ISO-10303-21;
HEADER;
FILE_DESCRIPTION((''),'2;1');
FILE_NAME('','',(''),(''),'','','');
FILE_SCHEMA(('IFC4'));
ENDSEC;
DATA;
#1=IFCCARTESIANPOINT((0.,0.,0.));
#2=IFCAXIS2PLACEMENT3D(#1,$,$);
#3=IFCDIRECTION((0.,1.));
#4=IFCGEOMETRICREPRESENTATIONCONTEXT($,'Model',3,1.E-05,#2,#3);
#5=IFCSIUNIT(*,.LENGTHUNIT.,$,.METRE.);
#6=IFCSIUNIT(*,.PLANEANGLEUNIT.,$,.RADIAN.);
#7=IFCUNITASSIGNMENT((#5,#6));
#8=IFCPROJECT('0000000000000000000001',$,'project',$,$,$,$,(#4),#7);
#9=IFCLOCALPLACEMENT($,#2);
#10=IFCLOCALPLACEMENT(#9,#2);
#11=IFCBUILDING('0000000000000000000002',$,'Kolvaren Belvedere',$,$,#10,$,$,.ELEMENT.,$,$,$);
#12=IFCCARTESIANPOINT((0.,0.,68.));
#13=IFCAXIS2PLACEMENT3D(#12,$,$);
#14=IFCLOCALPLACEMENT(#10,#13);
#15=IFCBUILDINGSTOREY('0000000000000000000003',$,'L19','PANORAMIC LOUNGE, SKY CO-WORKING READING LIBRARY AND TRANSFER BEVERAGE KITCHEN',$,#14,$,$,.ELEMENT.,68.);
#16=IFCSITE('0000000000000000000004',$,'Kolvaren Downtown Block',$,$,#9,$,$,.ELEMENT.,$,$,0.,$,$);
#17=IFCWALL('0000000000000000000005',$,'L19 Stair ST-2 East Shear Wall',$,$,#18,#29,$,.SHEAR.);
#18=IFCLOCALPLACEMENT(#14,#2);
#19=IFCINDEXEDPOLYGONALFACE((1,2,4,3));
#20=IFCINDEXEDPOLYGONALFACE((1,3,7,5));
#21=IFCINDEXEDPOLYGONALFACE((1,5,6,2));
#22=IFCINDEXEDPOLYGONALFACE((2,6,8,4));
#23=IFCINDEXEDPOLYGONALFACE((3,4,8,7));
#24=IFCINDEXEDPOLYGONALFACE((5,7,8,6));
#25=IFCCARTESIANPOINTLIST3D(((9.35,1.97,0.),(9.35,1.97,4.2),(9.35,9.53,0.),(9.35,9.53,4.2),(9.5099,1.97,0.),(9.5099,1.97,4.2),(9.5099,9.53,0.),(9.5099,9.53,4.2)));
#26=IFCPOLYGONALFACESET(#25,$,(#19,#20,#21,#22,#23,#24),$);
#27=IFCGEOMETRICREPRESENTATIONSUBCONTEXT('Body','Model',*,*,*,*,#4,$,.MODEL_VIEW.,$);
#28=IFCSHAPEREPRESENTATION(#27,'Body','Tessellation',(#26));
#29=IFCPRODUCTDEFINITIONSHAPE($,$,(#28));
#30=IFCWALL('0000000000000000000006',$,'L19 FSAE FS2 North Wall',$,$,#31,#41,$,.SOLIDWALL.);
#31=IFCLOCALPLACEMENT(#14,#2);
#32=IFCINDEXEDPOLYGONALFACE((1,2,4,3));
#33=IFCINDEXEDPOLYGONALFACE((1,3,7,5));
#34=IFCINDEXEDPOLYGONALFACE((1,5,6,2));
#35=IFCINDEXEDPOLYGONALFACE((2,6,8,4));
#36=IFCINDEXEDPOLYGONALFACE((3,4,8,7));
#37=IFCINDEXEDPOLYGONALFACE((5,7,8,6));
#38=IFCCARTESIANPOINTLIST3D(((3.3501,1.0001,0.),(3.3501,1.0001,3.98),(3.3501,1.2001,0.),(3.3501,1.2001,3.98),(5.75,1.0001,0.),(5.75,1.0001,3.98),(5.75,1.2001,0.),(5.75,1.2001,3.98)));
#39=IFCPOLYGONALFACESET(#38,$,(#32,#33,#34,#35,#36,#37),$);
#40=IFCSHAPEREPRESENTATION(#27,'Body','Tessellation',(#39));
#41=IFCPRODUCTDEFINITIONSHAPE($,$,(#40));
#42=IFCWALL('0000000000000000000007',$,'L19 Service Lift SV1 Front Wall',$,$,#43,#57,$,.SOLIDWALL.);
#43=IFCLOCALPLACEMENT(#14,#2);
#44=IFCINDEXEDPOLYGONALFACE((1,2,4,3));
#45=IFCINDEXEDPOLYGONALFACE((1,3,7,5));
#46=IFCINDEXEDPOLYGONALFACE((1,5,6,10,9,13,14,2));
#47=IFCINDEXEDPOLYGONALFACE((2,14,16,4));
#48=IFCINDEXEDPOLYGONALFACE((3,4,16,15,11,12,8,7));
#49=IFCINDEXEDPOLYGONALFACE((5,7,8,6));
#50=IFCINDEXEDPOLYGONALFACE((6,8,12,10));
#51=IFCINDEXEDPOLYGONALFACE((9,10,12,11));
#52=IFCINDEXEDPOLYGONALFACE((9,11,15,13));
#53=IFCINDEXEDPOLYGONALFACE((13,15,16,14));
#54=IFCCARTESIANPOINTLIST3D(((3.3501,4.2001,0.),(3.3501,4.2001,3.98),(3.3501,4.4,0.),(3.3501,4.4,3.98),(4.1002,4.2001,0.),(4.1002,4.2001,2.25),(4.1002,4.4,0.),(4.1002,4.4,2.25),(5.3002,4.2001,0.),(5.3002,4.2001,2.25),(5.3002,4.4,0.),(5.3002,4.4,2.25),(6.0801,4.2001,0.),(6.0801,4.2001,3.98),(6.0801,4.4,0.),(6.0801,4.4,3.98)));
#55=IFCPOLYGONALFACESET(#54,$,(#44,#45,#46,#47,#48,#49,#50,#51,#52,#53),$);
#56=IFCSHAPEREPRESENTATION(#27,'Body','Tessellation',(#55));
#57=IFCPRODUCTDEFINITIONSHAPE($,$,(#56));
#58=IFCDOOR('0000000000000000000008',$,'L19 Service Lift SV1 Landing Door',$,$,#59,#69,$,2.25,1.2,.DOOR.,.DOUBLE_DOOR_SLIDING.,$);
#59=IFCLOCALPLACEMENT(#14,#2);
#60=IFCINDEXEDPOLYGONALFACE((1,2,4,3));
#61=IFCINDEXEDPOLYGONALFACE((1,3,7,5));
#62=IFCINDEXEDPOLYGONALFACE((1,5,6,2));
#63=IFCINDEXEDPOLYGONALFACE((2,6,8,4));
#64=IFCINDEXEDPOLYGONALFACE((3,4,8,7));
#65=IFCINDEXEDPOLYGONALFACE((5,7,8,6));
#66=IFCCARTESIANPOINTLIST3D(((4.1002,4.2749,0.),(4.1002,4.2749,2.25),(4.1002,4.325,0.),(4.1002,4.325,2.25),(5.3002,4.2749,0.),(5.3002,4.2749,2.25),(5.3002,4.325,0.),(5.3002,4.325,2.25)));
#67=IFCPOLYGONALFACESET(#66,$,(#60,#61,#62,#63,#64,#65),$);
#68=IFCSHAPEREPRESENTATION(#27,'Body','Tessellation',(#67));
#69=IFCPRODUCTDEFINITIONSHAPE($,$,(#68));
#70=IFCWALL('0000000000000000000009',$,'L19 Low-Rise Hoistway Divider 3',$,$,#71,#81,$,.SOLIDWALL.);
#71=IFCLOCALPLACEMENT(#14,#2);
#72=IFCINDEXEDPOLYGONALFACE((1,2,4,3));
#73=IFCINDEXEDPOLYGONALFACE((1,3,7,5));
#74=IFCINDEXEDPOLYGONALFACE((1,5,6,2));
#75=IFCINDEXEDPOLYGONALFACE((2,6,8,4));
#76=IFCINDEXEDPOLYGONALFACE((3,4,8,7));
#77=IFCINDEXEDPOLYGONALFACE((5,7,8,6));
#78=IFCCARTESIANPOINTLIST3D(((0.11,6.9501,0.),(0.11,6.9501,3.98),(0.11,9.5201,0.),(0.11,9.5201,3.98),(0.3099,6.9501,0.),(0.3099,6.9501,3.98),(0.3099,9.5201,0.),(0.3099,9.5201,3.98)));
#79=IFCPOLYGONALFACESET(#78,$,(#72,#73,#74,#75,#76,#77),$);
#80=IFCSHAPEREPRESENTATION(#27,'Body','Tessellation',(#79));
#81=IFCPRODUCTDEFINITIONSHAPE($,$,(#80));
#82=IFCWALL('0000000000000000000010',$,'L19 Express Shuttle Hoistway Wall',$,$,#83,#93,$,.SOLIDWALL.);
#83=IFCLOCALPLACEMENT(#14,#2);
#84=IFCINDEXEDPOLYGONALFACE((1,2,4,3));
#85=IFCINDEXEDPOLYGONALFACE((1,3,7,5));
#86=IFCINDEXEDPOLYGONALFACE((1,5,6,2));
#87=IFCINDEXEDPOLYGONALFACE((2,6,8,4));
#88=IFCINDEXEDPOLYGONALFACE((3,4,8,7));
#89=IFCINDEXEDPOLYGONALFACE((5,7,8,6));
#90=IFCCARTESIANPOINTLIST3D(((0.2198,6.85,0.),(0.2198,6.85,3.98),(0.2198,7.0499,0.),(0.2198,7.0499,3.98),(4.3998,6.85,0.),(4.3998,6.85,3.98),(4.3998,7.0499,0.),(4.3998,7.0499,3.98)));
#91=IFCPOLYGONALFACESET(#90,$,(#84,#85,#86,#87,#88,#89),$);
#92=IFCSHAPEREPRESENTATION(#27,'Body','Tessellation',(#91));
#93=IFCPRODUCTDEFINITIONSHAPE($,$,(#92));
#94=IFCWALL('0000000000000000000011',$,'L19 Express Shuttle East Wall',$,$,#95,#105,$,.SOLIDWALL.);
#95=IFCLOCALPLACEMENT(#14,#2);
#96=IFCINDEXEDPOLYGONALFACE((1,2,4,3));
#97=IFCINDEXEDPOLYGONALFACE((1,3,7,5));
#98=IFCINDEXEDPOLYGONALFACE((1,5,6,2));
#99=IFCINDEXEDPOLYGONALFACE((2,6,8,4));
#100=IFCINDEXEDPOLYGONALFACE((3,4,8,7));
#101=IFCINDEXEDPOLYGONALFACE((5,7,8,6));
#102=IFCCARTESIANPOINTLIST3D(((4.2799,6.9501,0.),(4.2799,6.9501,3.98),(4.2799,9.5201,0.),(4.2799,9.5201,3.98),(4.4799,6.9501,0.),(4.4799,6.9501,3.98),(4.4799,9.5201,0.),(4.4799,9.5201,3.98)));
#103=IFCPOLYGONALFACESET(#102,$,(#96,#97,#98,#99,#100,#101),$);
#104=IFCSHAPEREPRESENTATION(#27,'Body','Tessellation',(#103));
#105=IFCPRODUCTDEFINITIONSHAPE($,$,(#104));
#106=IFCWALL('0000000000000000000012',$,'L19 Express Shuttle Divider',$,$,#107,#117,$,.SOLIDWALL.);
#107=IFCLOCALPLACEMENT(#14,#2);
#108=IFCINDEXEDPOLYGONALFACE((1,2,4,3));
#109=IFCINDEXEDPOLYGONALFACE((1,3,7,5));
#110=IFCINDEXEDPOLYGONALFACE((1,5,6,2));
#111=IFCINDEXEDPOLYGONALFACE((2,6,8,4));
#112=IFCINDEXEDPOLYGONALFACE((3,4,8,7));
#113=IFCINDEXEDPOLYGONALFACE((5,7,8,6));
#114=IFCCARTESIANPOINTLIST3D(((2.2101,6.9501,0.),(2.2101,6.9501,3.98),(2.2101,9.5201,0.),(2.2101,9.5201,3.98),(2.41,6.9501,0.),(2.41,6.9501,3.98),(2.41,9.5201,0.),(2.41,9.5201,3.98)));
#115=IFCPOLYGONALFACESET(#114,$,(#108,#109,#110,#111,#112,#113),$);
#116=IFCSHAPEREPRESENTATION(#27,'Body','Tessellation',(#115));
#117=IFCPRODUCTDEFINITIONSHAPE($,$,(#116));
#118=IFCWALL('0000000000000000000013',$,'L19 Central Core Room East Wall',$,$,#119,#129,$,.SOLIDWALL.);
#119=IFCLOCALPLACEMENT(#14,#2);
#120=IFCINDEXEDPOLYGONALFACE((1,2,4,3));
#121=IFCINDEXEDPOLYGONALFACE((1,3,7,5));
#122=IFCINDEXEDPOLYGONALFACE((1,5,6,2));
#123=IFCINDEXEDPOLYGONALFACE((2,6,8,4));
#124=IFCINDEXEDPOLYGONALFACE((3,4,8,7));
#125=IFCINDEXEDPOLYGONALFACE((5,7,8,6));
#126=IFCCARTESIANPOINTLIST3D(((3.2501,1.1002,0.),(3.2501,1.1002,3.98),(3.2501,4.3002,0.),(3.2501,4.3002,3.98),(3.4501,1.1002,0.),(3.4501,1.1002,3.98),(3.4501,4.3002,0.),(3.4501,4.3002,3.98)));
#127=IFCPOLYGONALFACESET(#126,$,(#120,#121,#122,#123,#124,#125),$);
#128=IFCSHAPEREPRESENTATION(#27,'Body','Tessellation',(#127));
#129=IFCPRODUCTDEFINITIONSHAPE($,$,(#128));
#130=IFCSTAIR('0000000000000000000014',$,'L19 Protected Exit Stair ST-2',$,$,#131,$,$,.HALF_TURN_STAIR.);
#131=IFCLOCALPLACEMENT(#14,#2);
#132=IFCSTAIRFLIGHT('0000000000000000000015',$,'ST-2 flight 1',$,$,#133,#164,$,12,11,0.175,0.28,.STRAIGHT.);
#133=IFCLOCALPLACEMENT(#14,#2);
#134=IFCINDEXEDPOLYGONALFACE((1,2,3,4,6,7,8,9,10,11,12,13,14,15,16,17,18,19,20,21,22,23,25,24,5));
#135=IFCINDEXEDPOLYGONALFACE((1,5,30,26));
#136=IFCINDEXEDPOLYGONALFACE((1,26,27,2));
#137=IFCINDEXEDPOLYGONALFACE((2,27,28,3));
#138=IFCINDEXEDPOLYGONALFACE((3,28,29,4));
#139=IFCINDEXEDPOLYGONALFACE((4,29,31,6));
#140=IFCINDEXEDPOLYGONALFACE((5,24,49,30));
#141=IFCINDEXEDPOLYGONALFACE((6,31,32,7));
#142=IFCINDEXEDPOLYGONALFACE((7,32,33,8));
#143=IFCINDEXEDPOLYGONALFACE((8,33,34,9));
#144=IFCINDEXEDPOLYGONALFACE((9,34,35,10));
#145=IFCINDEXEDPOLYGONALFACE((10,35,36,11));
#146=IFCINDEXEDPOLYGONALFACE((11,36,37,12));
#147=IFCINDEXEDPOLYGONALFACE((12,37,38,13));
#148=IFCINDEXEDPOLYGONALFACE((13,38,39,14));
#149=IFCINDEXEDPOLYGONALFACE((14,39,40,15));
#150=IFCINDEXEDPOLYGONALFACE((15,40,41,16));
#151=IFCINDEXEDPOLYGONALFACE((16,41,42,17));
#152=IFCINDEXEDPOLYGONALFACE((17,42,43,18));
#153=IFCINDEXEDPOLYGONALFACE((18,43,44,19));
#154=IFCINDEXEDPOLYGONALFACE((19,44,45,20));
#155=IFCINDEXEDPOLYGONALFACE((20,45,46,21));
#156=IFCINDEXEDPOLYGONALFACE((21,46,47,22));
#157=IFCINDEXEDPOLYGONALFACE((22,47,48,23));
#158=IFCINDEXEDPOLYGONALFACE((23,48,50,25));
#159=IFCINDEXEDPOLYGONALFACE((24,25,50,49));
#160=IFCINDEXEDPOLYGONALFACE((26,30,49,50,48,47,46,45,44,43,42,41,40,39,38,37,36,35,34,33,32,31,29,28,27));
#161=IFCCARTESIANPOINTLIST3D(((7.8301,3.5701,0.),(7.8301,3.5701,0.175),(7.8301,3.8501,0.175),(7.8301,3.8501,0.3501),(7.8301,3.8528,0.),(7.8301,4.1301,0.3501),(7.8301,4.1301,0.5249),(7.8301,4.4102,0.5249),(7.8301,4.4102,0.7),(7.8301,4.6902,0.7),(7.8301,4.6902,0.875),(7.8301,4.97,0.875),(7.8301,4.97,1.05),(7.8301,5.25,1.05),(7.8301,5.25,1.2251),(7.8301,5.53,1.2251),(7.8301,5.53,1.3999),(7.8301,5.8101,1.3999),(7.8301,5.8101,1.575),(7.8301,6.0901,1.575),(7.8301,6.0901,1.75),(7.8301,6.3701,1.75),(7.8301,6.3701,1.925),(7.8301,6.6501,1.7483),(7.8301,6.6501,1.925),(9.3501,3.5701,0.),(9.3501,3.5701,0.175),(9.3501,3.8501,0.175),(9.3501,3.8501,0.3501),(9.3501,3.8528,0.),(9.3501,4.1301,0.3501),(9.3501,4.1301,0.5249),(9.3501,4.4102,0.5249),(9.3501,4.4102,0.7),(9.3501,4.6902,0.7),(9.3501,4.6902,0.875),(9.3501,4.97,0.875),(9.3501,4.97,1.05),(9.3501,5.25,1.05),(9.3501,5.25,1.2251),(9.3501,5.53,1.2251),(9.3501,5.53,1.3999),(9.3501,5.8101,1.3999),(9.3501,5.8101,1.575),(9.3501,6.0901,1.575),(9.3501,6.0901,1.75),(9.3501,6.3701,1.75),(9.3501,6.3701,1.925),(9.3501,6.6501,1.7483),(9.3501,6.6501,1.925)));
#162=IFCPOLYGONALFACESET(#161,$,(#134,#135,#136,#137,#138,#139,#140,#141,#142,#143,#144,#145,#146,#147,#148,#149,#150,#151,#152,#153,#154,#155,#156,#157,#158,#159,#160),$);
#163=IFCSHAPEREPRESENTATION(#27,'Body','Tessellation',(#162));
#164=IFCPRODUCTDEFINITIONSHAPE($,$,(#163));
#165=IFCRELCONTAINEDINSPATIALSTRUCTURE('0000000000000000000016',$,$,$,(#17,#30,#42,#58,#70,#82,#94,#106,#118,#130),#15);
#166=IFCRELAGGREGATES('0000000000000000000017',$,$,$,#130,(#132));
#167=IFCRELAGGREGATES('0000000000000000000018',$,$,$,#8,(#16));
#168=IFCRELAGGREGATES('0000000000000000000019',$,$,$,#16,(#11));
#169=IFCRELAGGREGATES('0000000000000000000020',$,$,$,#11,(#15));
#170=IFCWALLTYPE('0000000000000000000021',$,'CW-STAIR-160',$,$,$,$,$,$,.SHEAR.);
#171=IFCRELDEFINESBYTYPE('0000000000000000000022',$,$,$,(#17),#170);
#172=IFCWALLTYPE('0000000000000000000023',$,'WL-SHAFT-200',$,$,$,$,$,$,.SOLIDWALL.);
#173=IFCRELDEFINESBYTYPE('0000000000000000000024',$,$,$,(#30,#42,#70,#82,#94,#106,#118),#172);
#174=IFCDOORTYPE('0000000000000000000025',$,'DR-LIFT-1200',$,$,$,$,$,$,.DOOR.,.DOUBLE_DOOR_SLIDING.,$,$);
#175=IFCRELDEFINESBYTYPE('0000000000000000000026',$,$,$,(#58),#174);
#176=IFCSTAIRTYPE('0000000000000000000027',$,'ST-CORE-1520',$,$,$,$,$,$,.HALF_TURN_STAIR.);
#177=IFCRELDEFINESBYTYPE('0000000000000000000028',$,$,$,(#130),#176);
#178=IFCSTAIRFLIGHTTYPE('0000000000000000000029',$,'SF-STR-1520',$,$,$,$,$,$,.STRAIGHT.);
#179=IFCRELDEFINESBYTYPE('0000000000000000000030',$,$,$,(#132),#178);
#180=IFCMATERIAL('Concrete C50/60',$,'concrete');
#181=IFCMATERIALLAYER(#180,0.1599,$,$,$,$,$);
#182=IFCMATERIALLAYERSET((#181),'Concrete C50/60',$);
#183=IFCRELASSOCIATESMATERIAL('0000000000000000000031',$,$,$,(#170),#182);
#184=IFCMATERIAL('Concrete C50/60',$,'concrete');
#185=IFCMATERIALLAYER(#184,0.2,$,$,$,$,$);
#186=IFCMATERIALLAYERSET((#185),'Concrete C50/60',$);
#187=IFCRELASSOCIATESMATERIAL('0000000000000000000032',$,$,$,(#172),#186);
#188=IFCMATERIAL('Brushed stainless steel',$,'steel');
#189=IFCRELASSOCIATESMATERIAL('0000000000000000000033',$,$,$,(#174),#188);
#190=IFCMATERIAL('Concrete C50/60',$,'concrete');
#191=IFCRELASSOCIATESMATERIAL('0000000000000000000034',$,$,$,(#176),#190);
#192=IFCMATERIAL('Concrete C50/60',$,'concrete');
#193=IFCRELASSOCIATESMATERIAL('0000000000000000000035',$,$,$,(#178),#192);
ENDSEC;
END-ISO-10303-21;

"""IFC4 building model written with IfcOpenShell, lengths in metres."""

from ifc_helpers import new_model, si_unit, direction, frame, frame_2d, origin, place, context, subcontext, project, spatial, polyline, rectangle, outline, extrude, material, layer, layer_set, type_object, element, fill, aggregate, save


model = new_model("IFC4")

# Units and contexts
model_context = context("Model", 3, precision=1e-05, world=origin(), true_north=direction((0.0, 1.0)))
body_context = subcontext(model_context, "Body", "Model", "MODEL_VIEW")
ifc_project = project(units=[si_unit("LENGTHUNIT", "METRE"), si_unit("PLANEANGLEUNIT", "RADIAN")], contexts=[model_context])

# Site, building, storey
site_placement = place(None, origin())
site = spatial("IfcSite", under=ifc_project, at=site_placement, Name="Kolvaren Downtown Block", CompositionType="ELEMENT", RefElevation=0.0)
building_placement = place(site_placement, origin())
building = spatial("IfcBuilding", under=site, at=building_placement, Name="Kolvaren Belvedere", CompositionType="ELEMENT")
storey_placement = place(building_placement, frame((0.0, 0.0, 68.0)))
storey = spatial("IfcBuildingStorey", under=building, at=storey_placement, Name="L19", Description="PANORAMIC LOUNGE, SKY CO-WORKING READING LIBRARY AND TRANSFER BEVERAGE KITCHEN", CompositionType="ELEMENT", Elevation=68.0)

# Shared definitions
ifc_material_1 = material(Name="Concrete C50/60", Category="concrete")
ifc_layer_1 = layer(ifc_material_1, 0.1599)
ifc_layer_set_1 = layer_set([ifc_layer_1], Name="Concrete C50/60")
wall_type_1 = type_object("IfcWallType", Name="CW-STAIR-160", PredefinedType="SHEAR", material=ifc_layer_set_1)

# Walls
for number, where, z_axis, x_axis, name in (
    (1, (9.4299, 1.97, 0.0), (0.0, 0.0, 1.0), (0.0, 1.0, 0.0), "L19 Stair ST-2 East Shear Wall"),
):
    element("IfcWall", number, at=place(storey_placement, frame(where, z_axis=z_axis, x_axis=x_axis)), inside=storey, type_object=wall_type_1, Name=name, PredefinedType="SHEAR", context=body_context, shape_type="SweptSolid", body=[
        extrude(rectangle(XDim=7.5601, YDim=0.1599, at=frame_2d((3.78, 0.0))), origin(), (0.0, 0.0, 1.0), 4.2),
    ])
ifc_material_2 = material(Name="Concrete C50/60", Category="concrete")
ifc_layer_2 = layer(ifc_material_2, 0.2)
ifc_layer_set_2 = layer_set([ifc_layer_2], Name="Concrete C50/60")
wall_type_2 = type_object("IfcWallType", Name="WL-SHAFT-200", PredefinedType="SOLIDWALL", material=ifc_layer_set_2)
wall_1_placement = place(storey_placement, frame((3.3501, 1.1001, 0.0), z_axis=(0.0, 0.0, 1.0), x_axis=(1.0, 0.0, 0.0)))
element("IfcWall", 2, at=wall_1_placement, inside=storey, type_object=wall_type_2, Name="L19 FSAE FS2 North Wall", PredefinedType="SOLIDWALL", context=body_context, shape_type="SweptSolid", body=[
    extrude(rectangle(XDim=2.3999, YDim=0.2, at=frame_2d((1.2, 0.0))), origin(), (0.0, 0.0, 1.0), 3.98),
])

# Wall, opening, door
wall_2_placement = place(storey_placement, frame((3.3501, 4.3, 0.0), z_axis=(0.0, 0.0, 1.0), x_axis=(1.0, 0.0, 0.0)))
wall_2 = element("IfcWall", 3, at=wall_2_placement, inside=storey, type_object=wall_type_2, Name="L19 Service Lift SV1 Front Wall", PredefinedType="SOLIDWALL", context=body_context, shape_type="SweptSolid", body=[
    extrude(rectangle(XDim=2.73, YDim=0.2, at=frame_2d((1.365, 0.0))), origin(), (0.0, 0.0, 1.0), 3.98),
])
opening_1_placement = place(wall_2_placement, frame((0.75, 0.0, 0.0)))
opening_1 = element("IfcOpeningElement", 4, at=opening_1_placement, cuts=wall_2, PredefinedType="OPENING", context=body_context, shape_type="SweptSolid", body=[
    extrude(rectangle(XDim=1.2, YDim=2.25, at=frame_2d((0.6001, 1.125))), frame((0.0, 0.1099, 0.0), z_axis=(0.0, -1.0, 0.0), x_axis=(1.0, 0.0, 0.0)), (0.0, 0.0, 1.0), 0.22),
])
ifc_material_3 = material(Name="Brushed stainless steel", Category="steel")
door_type_1 = type_object("IfcDoorType", Name="DR-LIFT-1200", OperationType="DOUBLE_DOOR_SLIDING", PredefinedType="DOOR", material=ifc_material_3)
door_1_placement = place(opening_1_placement, origin())
door_1 = element("IfcDoor", 5, at=door_1_placement, inside=storey, type_object=door_type_1, Name="L19 Service Lift SV1 Landing Door", OperationType="DOUBLE_DOOR_SLIDING", OverallHeight=2.25, OverallWidth=1.2, PredefinedType="DOOR", context=body_context, shape_type="SweptSolid", body=[
    extrude(rectangle(XDim=1.2, YDim=2.25, at=frame_2d((0.6001, 1.125))), frame((0.0, 0.0249, 0.0), z_axis=(0.0, -1.0, 0.0), x_axis=(1.0, 0.0, 0.0)), (0.0, 0.0, 1.0), 0.05),
])
fill(opening_1, door_1)

# Walls
wall_3_placement = place(storey_placement, frame((0.21, 6.95, 0.0), z_axis=(0.0, 0.0, 1.0), x_axis=(0.0, 1.0, 0.0)))
element("IfcWall", 6, at=wall_3_placement, inside=storey, type_object=wall_type_2, Name="L19 Low-Rise Hoistway Divider 3", PredefinedType="SOLIDWALL", context=body_context, shape_type="SweptSolid", body=[
    extrude(rectangle(XDim=2.5701, YDim=0.2, at=frame_2d((1.2852, 0.0))), origin(), (0.0, 0.0, 1.0), 3.98),
])
wall_4_placement = place(storey_placement, frame((0.22, 6.95, 0.0), z_axis=(0.0, 0.0, 1.0), x_axis=(1.0, 0.0, 0.0)))
element("IfcWall", 7, at=wall_4_placement, inside=storey, type_object=wall_type_2, Name="L19 Express Shuttle Hoistway Wall", PredefinedType="SOLIDWALL", context=body_context, shape_type="SweptSolid", body=[
    extrude(rectangle(XDim=4.1799, YDim=0.2, at=frame_2d((2.0898, 0.0))), origin(), (0.0, 0.0, 1.0), 3.98),
])
for number, where, z_axis, x_axis, name in (
    (8, (4.3799, 6.95, 0.0), (0.0, 0.0, 1.0), (0.0, 1.0, 0.0), "L19 Express Shuttle East Wall"),
    (9, (2.3101, 6.95, 0.0), (0.0, 0.0, 1.0), (0.0, 1.0, 0.0), "L19 Express Shuttle Divider"),
):
    element("IfcWall", number, at=place(storey_placement, frame(where, z_axis=z_axis, x_axis=x_axis)), inside=storey, type_object=wall_type_2, Name=name, PredefinedType="SOLIDWALL", context=body_context, shape_type="SweptSolid", body=[
        extrude(rectangle(XDim=2.5701, YDim=0.2, at=frame_2d((1.2852, 0.0))), origin(), (0.0, 0.0, 1.0), 3.98),
    ])
wall_5_placement = place(storey_placement, frame((3.3501, 1.1001, 0.0), z_axis=(0.0, 0.0, 1.0), x_axis=(0.0, 1.0, 0.0)))
element("IfcWall", 10, at=wall_5_placement, inside=storey, type_object=wall_type_2, Name="L19 Central Core Room East Wall", PredefinedType="SOLIDWALL", context=body_context, shape_type="SweptSolid", body=[
    extrude(rectangle(XDim=3.2, YDim=0.2, at=frame_2d((1.6001, 0.0))), origin(), (0.0, 0.0, 1.0), 3.98),
])

# Stair, stair flight
ifc_material_4 = material(Name="Concrete C50/60", Category="concrete")
stair_type = type_object("IfcStairType", Name="ST-CORE-1520", PredefinedType="HALF_TURN_STAIR", material=ifc_material_4)
stair_placement = place(storey_placement, origin())
stair = element("IfcStair", 11, at=stair_placement, inside=storey, type_object=stair_type, Name="L19 Protected Exit Stair ST-2", PredefinedType="HALF_TURN_STAIR")
ifc_material_5 = material(Name="Concrete C50/60", Category="concrete")
stair_flight_type = type_object("IfcStairFlightType", Name="SF-STR-1520", PredefinedType="STRAIGHT", material=ifc_material_5)
stair_flight_1_placement = place(storey_placement, frame((8.5901, 3.5701, 0.0), z_axis=(0.0, 0.0, 1.0), x_axis=(0.0, 1.0, 0.0)))
stair_flight_1 = element("IfcStairFlight", 12, at=stair_flight_1_placement, type_object=stair_flight_type, Name="ST-2 flight 1", NumberOfRisers=12, NumberOfTreads=11, PredefinedType="STRAIGHT", RiserHeight=0.175, TreadLength=0.28, context=body_context, shape_type="SweptSolid", body=[
    extrude(outline(polyline([(0.0, 0.0), (0.0, 0.175), (0.28, 0.175), (0.28, 0.3501), (0.5601, 0.3501), (0.5601, 0.5249), (0.8401, 0.5249), (0.8401, 0.7), (1.1201, 0.7), (1.1201, 0.875), (1.3999, 0.875), (1.3999, 1.05), (1.6799, 1.05), (1.6799, 1.2251), (1.96, 1.2251), (1.96, 1.3999), (2.24, 1.3999), (2.24, 1.575), (2.52, 1.575), (2.52, 1.75), (2.8, 1.75), (2.8, 1.925), (3.0801, 1.925), (3.0801, 2.1001), (3.0801, 1.7483), (0.2827, 0.0), (0.0, 0.0)])), frame((0.0, 0.76, 0.0), z_axis=(0.0, -1.0, 0.0), x_axis=(1.0, 0.0, 0.0)), (0.0, 0.0, 1.0), 1.52),
])
aggregate(stair, [stair_flight_1])

save(model, "model.ifc")
